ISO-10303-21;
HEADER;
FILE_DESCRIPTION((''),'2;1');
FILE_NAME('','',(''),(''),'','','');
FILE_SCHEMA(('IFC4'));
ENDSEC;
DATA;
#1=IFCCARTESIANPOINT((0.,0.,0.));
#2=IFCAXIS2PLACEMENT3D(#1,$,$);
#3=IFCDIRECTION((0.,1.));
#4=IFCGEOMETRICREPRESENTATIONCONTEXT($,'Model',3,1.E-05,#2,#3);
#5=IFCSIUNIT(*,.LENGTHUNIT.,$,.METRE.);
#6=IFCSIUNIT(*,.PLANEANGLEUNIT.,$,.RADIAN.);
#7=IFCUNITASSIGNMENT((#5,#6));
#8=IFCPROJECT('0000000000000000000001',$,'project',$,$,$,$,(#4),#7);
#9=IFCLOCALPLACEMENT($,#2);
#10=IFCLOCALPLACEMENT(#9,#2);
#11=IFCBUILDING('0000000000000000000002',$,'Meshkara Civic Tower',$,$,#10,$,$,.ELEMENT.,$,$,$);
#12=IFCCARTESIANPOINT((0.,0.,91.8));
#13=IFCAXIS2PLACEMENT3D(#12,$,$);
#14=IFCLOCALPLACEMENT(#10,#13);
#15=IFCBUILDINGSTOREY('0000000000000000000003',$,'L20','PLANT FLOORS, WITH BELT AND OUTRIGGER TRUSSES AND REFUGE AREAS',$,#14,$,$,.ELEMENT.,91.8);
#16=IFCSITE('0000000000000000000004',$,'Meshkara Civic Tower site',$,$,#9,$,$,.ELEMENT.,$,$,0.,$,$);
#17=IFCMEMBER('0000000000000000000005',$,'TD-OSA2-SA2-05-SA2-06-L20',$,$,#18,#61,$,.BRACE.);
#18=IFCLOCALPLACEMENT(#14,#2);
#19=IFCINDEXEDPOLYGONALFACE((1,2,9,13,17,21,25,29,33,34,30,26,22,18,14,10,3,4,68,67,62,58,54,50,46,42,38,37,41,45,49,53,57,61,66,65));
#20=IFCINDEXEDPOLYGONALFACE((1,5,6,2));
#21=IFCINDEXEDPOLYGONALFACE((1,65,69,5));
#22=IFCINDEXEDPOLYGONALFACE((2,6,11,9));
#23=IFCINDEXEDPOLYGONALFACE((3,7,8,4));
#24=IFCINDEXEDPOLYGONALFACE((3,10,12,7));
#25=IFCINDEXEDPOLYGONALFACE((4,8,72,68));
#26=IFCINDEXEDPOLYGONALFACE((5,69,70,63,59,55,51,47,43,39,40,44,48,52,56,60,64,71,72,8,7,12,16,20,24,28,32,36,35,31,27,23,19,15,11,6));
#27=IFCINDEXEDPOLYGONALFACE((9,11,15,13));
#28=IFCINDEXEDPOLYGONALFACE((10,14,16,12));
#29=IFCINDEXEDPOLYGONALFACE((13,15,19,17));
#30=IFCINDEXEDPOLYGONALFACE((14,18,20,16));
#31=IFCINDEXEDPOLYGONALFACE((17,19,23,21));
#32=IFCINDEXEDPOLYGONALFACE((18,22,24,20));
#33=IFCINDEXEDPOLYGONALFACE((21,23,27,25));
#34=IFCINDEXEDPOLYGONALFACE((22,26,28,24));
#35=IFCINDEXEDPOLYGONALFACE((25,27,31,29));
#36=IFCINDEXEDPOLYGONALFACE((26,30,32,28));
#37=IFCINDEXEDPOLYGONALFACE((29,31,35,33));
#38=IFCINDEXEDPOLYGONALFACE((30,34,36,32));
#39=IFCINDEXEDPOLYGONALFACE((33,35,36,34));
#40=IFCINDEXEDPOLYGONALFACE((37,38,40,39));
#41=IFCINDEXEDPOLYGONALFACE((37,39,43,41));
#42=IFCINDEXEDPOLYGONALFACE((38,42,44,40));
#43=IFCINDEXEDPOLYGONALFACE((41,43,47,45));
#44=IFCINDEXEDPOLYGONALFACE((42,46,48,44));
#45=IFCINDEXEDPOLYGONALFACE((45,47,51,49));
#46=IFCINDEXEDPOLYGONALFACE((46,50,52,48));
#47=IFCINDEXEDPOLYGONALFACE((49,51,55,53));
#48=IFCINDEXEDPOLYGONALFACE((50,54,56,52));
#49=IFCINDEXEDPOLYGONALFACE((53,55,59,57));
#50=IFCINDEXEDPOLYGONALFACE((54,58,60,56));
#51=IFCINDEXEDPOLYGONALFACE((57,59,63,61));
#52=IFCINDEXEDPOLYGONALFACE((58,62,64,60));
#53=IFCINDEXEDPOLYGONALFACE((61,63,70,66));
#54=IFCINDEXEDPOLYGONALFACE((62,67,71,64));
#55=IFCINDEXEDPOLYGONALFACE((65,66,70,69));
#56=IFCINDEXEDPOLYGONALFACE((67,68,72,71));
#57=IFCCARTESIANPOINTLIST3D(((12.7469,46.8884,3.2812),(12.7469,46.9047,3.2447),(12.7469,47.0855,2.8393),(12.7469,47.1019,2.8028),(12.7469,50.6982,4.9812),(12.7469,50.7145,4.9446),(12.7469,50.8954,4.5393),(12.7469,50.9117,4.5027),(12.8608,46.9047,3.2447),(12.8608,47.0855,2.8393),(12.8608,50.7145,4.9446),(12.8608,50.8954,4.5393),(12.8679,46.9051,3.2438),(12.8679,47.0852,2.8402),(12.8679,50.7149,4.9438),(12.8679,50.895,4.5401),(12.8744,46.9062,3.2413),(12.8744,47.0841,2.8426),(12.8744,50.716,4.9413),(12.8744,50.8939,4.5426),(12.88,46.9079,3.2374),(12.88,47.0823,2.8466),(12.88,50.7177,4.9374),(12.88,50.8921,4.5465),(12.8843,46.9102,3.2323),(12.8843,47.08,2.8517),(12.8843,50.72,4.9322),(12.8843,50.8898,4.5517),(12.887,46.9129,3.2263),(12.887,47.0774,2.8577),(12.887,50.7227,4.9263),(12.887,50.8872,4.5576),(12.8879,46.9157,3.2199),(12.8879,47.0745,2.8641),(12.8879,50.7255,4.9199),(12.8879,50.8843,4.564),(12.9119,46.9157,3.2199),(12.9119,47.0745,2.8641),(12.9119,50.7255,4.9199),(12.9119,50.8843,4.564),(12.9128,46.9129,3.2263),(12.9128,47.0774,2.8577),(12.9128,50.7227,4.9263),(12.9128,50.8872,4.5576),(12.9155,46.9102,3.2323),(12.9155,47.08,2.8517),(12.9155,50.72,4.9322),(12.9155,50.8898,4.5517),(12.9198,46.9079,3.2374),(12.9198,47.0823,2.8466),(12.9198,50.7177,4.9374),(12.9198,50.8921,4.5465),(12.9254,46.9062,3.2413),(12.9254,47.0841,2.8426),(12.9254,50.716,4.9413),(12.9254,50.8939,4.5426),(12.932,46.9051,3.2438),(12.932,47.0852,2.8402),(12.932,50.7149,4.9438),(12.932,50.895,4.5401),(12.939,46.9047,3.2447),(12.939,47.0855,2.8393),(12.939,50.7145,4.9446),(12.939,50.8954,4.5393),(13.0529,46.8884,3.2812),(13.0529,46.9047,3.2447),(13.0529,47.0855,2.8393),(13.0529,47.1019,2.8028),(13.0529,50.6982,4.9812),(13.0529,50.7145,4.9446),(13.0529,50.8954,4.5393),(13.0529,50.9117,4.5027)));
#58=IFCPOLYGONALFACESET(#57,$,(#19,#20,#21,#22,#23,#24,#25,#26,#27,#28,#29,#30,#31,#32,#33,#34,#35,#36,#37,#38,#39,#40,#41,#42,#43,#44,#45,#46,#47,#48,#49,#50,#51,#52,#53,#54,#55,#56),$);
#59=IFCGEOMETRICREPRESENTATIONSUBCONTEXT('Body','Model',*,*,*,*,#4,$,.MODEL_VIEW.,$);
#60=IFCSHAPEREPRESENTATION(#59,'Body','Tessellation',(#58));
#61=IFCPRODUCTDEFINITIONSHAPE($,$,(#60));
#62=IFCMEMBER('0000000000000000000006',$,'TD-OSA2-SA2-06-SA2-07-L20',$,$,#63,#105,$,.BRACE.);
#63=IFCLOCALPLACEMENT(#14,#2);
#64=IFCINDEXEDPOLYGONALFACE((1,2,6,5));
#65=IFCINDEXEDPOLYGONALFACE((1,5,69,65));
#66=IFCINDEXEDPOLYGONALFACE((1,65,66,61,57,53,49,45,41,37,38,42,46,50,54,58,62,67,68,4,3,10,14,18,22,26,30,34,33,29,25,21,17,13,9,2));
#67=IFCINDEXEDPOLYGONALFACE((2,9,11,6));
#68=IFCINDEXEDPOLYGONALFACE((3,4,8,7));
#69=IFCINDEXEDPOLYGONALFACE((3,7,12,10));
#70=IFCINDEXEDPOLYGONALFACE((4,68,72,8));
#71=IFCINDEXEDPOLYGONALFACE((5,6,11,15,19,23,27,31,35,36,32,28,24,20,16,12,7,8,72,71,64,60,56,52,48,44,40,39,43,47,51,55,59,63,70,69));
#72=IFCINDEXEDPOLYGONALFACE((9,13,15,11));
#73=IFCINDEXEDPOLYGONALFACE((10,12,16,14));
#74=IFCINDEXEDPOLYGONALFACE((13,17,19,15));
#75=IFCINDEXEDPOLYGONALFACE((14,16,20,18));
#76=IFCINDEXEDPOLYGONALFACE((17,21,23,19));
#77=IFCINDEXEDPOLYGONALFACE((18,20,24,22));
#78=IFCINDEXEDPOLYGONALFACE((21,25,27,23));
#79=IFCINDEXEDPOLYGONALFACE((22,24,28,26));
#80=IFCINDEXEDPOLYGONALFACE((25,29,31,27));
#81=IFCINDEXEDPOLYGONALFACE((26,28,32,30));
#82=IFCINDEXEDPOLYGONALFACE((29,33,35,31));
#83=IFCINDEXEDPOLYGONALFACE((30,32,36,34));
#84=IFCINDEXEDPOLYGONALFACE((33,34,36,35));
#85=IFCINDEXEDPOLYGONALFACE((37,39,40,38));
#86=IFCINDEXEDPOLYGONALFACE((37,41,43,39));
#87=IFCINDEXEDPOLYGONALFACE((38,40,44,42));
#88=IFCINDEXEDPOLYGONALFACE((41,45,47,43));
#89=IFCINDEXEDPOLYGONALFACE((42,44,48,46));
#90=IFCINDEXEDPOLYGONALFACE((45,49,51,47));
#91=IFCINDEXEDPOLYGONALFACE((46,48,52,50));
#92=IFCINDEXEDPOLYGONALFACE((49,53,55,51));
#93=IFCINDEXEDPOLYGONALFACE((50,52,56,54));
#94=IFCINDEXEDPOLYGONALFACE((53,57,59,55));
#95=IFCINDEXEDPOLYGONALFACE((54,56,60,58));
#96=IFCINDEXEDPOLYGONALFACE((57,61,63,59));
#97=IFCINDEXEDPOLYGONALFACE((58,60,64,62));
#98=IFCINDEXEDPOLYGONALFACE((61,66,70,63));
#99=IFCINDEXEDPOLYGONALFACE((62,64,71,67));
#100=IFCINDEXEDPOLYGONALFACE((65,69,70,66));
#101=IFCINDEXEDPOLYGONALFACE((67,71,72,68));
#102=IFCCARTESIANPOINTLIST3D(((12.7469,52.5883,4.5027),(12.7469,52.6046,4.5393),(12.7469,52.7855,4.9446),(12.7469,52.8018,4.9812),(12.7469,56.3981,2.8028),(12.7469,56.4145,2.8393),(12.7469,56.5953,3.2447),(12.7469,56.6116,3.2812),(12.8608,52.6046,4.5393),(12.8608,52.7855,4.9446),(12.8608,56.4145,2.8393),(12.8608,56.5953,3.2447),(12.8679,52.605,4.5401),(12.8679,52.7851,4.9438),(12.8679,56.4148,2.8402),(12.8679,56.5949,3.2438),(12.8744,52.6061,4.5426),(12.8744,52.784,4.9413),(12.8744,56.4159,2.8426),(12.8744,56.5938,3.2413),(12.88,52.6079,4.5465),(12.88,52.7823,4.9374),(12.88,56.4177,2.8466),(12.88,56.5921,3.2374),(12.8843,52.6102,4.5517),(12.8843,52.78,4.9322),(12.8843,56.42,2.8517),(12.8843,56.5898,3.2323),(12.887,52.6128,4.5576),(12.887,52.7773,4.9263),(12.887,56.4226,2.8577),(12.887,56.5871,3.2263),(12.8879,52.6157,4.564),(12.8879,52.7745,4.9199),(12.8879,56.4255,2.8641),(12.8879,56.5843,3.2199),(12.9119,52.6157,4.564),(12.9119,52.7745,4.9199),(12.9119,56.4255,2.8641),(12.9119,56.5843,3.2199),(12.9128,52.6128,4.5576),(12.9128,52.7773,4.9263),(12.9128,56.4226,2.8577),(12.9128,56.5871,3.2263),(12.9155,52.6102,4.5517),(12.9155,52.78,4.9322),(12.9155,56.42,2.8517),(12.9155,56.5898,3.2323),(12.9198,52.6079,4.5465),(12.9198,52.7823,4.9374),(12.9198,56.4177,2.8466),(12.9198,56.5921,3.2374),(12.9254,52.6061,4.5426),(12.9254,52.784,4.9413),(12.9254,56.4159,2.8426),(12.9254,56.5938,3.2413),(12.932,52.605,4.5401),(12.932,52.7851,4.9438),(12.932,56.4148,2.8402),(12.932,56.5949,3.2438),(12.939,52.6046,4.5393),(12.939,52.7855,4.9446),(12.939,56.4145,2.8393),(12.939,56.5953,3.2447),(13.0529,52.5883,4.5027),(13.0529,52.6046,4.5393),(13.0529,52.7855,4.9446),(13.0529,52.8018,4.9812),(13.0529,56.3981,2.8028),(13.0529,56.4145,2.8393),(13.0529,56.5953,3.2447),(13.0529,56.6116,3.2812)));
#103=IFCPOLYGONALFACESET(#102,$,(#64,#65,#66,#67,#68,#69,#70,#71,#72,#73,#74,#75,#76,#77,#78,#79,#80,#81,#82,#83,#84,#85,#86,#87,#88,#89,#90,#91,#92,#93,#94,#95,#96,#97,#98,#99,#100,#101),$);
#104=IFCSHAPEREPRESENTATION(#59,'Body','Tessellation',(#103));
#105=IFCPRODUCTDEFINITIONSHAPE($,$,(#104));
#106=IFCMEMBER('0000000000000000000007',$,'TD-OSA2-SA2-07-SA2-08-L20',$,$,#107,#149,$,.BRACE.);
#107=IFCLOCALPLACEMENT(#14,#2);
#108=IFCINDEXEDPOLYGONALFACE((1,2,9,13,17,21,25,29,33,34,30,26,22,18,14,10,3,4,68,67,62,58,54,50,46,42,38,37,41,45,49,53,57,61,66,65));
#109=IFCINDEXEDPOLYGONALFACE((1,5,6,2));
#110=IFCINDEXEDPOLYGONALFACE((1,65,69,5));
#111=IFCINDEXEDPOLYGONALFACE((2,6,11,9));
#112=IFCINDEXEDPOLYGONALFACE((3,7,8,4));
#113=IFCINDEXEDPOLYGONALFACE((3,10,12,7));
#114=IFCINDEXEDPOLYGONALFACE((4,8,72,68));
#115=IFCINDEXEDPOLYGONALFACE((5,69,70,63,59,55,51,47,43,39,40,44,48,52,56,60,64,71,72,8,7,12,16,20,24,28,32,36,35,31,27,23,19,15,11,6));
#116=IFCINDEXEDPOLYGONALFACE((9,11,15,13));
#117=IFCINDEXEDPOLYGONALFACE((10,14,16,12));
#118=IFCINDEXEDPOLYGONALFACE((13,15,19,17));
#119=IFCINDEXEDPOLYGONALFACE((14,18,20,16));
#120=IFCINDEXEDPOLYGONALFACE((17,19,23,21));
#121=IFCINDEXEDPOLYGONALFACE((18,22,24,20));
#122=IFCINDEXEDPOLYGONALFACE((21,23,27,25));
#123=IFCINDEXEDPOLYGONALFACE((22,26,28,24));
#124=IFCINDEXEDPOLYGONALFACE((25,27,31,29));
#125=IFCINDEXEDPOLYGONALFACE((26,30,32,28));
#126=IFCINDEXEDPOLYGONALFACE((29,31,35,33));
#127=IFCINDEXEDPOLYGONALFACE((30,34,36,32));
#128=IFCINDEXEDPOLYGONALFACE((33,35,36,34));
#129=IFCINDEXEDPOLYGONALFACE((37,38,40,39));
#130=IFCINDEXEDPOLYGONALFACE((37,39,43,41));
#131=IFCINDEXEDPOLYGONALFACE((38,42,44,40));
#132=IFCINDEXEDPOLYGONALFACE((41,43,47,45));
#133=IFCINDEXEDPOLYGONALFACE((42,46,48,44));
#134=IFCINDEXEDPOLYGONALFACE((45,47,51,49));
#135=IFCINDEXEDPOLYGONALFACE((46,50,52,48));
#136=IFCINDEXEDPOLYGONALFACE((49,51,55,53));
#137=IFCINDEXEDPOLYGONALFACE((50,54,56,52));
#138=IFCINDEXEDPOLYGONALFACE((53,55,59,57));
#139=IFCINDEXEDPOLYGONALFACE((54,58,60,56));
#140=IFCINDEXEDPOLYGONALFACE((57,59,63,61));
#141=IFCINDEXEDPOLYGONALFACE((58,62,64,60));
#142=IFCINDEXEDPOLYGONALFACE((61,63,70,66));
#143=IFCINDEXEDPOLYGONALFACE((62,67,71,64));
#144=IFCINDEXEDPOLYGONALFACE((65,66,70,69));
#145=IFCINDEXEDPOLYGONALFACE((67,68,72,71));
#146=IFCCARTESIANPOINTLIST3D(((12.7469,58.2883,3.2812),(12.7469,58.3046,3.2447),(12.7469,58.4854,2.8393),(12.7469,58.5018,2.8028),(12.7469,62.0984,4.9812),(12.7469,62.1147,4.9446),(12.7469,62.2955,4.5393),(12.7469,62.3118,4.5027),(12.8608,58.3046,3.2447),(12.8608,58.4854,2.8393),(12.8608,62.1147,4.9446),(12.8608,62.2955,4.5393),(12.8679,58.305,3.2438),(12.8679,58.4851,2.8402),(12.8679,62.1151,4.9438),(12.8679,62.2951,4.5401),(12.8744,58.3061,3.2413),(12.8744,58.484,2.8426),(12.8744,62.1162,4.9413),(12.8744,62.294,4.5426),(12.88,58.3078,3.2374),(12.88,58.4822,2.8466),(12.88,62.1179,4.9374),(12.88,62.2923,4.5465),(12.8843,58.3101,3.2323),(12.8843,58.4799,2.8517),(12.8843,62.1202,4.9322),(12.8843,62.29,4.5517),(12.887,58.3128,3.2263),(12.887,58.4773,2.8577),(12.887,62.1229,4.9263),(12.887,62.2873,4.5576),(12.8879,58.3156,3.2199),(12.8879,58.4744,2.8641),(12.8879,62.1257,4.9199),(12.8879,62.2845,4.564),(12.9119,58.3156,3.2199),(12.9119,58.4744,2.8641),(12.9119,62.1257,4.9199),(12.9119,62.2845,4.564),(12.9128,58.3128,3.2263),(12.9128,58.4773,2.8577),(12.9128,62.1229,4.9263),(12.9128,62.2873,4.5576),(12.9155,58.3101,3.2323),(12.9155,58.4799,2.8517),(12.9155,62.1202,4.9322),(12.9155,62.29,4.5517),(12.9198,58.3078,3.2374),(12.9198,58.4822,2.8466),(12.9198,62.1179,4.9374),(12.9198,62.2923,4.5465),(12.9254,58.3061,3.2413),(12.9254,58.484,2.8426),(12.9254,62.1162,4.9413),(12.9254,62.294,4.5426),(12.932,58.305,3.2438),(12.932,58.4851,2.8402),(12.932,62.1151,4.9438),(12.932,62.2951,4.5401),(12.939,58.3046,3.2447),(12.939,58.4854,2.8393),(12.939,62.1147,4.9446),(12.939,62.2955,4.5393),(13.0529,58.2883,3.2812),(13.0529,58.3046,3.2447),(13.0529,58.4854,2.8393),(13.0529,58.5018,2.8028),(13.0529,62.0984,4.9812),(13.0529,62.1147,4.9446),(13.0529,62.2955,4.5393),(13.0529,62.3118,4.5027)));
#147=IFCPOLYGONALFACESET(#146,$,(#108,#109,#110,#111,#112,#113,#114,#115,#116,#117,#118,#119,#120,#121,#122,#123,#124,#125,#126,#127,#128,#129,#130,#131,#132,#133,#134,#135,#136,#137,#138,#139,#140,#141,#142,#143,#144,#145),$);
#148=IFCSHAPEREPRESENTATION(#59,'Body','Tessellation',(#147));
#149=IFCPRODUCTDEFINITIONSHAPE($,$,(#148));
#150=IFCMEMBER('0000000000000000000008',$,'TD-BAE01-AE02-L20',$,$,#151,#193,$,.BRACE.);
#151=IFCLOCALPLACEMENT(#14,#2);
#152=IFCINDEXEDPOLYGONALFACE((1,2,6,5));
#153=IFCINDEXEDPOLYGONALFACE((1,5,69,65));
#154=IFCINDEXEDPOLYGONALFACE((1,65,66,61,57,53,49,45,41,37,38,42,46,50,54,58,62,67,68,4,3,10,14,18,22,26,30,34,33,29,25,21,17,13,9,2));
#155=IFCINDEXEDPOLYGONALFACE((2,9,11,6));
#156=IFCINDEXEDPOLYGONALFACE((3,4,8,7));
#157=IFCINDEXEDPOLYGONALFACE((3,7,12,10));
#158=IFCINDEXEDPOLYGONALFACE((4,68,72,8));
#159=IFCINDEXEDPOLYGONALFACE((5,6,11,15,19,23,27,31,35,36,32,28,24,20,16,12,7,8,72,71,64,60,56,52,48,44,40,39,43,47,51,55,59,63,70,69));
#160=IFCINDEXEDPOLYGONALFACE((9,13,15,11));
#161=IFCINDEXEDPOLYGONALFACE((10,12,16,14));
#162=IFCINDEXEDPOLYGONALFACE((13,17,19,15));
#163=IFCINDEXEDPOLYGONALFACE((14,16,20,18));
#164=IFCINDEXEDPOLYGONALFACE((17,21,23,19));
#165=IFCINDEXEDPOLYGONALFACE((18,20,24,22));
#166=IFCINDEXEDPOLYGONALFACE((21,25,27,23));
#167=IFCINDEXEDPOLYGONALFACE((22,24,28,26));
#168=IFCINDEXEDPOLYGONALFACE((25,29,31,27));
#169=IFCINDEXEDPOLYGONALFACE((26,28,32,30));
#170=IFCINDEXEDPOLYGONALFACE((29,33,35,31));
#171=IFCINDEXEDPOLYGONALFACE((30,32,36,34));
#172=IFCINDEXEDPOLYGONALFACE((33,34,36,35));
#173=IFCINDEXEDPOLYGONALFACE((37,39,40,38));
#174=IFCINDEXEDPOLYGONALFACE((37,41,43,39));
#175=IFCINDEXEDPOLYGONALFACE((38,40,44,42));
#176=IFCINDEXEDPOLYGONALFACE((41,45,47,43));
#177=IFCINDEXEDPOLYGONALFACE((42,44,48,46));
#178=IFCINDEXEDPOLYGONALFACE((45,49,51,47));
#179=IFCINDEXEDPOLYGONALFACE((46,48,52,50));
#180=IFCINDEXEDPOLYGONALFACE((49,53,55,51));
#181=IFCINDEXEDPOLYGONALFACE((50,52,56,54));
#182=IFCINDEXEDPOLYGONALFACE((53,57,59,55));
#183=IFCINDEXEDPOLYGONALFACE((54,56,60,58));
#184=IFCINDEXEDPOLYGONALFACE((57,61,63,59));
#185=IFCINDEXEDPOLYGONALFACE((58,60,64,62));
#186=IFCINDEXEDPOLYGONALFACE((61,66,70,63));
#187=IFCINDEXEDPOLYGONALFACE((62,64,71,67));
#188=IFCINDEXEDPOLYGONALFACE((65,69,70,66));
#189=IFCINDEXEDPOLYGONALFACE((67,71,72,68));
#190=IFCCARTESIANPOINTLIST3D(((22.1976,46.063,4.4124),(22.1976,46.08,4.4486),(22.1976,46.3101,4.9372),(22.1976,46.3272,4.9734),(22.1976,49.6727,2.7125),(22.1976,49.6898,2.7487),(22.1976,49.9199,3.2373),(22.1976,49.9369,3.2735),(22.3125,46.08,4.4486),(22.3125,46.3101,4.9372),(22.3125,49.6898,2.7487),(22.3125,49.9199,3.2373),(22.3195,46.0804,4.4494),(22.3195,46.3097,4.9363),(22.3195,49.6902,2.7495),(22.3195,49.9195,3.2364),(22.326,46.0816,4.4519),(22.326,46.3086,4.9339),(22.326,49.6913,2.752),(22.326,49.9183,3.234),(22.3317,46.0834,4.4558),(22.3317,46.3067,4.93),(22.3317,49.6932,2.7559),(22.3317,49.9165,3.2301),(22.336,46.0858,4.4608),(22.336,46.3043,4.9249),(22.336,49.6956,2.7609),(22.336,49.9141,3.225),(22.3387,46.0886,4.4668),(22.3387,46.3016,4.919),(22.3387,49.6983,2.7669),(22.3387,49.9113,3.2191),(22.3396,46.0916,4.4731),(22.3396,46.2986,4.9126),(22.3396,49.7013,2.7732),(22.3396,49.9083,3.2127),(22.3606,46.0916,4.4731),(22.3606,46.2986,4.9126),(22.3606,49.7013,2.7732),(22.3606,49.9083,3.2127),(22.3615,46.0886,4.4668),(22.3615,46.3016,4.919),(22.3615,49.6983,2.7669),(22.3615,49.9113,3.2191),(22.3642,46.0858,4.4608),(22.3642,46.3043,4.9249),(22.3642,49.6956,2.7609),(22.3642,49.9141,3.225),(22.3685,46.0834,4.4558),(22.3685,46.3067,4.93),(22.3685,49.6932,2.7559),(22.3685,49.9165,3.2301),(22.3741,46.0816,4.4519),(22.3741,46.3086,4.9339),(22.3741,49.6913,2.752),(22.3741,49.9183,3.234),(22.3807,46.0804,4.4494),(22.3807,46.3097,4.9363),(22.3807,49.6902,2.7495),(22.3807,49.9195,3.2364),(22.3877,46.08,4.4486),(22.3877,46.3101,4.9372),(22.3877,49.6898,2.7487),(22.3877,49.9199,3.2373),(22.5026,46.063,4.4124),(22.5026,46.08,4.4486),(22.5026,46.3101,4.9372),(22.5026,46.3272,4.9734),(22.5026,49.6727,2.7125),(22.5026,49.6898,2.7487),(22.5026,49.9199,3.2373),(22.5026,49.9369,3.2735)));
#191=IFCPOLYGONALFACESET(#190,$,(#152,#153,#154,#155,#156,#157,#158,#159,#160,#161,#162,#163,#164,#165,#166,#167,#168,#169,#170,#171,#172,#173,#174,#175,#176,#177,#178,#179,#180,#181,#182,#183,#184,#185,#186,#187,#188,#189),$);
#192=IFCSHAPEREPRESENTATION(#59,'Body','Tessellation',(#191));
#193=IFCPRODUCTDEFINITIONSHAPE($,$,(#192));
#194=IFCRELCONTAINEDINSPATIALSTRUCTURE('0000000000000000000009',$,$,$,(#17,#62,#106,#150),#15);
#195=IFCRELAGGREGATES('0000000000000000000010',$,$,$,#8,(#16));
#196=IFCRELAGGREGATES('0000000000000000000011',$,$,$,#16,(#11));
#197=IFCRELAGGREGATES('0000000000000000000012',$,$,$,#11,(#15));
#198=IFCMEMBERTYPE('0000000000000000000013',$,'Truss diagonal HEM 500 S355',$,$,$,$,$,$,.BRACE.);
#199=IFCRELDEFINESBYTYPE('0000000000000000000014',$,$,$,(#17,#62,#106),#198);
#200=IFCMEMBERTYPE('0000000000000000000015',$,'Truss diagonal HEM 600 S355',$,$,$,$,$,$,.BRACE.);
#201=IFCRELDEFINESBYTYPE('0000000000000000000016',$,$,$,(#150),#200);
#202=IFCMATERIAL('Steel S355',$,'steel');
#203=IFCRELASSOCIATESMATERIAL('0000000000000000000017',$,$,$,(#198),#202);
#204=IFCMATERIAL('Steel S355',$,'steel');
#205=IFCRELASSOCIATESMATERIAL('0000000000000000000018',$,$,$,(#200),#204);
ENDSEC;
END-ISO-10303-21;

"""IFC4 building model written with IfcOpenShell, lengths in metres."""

from ifc_helpers import new_model, si_unit, direction, frame, origin, origin_2d, place, context, subcontext, project, spatial, i_section, extrude, material, material_profile, profile_set, type_object, element, save


model = new_model("IFC4")

# Units and contexts
model_context = context("Model", 3, precision=1e-05, world=origin(), true_north=direction((0.0, 1.0)))
body_context = subcontext(model_context, "Body", "Model", "MODEL_VIEW")
ifc_project = project(units=[si_unit("LENGTHUNIT", "METRE"), si_unit("PLANEANGLEUNIT", "RADIAN")], contexts=[model_context])

# Site, building, storey
site_placement = place(None, origin())
site = spatial("IfcSite", under=ifc_project, at=site_placement, Name="Meshkara Civic Tower site", CompositionType="ELEMENT", RefElevation=0.0)
building_placement = place(site_placement, origin())
building = spatial("IfcBuilding", under=site, at=building_placement, Name="Meshkara Civic Tower", CompositionType="ELEMENT")
storey_placement = place(building_placement, frame((0.0, 0.0, 91.8)))
storey = spatial("IfcBuildingStorey", under=building, at=storey_placement, Name="L20", Description="PLANT FLOORS, WITH BELT AND OUTRIGGER TRUSSES AND REFUGE AREAS", CompositionType="ELEMENT", Elevation=91.8)

# Members
ifc_material_1 = material(Name="Steel S355", Category="steel")
ifc_material_profile_1 = material_profile(ifc_material_1, i_section(OverallWidth=0.3059, OverallDepth=0.5239, WebThickness=0.0239, FlangeThickness=0.04, FilletRadius=0.0271, at=origin_2d()))
ifc_profile_set_1 = profile_set([ifc_material_profile_1], Name="Steel S355")
member_type_1 = type_object("IfcMemberType", Name="Truss diagonal HEM 500 S355", PredefinedType="BRACE", material=ifc_profile_set_1)
for number, where, z_axis, x_axis, name in (
    (1, (12.8999, 46.9951, 3.042), (0.0, 0.913214, 0.407479), (-1.0, 0.0, 0.0), "TD-OSA2-SA2-05-SA2-06-L20"),
    (2, (12.8999, 52.6951, 4.7419), (0.0, 0.913214, -0.407479), (-1.0, 0.0, 0.0), "TD-OSA2-SA2-06-SA2-07-L20"),
):
    element("IfcMember", number, at=place(storey_placement, frame(where, z_axis=z_axis, x_axis=x_axis)), inside=storey, type_object=member_type_1, Name=name, PredefinedType="BRACE", context=body_context, shape_type="SweptSolid", body=[
        extrude(i_section(OverallWidth=0.3059, OverallDepth=0.5239, WebThickness=0.0239, FlangeThickness=0.04, FilletRadius=0.0271, at=origin_2d()), origin(), (0.0, 0.0, 1.0), 4.1719),
    ])
member_1_placement = place(storey_placement, frame((12.8999, 58.395, 3.042), z_axis=(0.0, 0.913224, 0.407457), x_axis=(-1.0, 0.0, 0.0)))
element("IfcMember", 3, at=member_1_placement, inside=storey, type_object=member_type_1, Name="TD-OSA2-SA2-07-SA2-08-L20", PredefinedType="BRACE", context=body_context, shape_type="SweptSolid", body=[
    extrude(i_section(OverallWidth=0.3059, OverallDepth=0.5239, WebThickness=0.0239, FlangeThickness=0.04, FilletRadius=0.0271, at=origin_2d()), origin(), (0.0, 0.0, 1.0), 4.1721),
])
ifc_material_2 = material(Name="Steel S355", Category="steel")
ifc_material_profile_2 = material_profile(ifc_material_2, i_section(OverallWidth=0.3049, OverallDepth=0.6201, WebThickness=0.021, FlangeThickness=0.04, FilletRadius=0.0271, at=origin_2d()))
ifc_profile_set_2 = profile_set([ifc_material_profile_2], Name="Steel S355")
member_type_2 = type_object("IfcMemberType", Name="Truss diagonal HEM 600 S355", PredefinedType="BRACE", material=ifc_profile_set_2)
for number, where, z_axis, x_axis, name in (
    (4, (22.3501, 46.1951, 4.6929), (0.0, 0.904704, -0.426042), (-1.0, 0.0, 0.0), "TD-BAE01-AE02-L20"),
):
    element("IfcMember", number, at=place(storey_placement, frame(where, z_axis=z_axis, x_axis=x_axis)), inside=storey, type_object=member_type_2, Name=name, PredefinedType="BRACE", context=body_context, shape_type="SweptSolid", body=[
        extrude(i_section(OverallWidth=0.3049, OverallDepth=0.6201, WebThickness=0.021, FlangeThickness=0.04, FilletRadius=0.0271, at=origin_2d()), origin(), (0.0, 0.0, 1.0), 3.99),
    ])

save(model, "model.ifc")
